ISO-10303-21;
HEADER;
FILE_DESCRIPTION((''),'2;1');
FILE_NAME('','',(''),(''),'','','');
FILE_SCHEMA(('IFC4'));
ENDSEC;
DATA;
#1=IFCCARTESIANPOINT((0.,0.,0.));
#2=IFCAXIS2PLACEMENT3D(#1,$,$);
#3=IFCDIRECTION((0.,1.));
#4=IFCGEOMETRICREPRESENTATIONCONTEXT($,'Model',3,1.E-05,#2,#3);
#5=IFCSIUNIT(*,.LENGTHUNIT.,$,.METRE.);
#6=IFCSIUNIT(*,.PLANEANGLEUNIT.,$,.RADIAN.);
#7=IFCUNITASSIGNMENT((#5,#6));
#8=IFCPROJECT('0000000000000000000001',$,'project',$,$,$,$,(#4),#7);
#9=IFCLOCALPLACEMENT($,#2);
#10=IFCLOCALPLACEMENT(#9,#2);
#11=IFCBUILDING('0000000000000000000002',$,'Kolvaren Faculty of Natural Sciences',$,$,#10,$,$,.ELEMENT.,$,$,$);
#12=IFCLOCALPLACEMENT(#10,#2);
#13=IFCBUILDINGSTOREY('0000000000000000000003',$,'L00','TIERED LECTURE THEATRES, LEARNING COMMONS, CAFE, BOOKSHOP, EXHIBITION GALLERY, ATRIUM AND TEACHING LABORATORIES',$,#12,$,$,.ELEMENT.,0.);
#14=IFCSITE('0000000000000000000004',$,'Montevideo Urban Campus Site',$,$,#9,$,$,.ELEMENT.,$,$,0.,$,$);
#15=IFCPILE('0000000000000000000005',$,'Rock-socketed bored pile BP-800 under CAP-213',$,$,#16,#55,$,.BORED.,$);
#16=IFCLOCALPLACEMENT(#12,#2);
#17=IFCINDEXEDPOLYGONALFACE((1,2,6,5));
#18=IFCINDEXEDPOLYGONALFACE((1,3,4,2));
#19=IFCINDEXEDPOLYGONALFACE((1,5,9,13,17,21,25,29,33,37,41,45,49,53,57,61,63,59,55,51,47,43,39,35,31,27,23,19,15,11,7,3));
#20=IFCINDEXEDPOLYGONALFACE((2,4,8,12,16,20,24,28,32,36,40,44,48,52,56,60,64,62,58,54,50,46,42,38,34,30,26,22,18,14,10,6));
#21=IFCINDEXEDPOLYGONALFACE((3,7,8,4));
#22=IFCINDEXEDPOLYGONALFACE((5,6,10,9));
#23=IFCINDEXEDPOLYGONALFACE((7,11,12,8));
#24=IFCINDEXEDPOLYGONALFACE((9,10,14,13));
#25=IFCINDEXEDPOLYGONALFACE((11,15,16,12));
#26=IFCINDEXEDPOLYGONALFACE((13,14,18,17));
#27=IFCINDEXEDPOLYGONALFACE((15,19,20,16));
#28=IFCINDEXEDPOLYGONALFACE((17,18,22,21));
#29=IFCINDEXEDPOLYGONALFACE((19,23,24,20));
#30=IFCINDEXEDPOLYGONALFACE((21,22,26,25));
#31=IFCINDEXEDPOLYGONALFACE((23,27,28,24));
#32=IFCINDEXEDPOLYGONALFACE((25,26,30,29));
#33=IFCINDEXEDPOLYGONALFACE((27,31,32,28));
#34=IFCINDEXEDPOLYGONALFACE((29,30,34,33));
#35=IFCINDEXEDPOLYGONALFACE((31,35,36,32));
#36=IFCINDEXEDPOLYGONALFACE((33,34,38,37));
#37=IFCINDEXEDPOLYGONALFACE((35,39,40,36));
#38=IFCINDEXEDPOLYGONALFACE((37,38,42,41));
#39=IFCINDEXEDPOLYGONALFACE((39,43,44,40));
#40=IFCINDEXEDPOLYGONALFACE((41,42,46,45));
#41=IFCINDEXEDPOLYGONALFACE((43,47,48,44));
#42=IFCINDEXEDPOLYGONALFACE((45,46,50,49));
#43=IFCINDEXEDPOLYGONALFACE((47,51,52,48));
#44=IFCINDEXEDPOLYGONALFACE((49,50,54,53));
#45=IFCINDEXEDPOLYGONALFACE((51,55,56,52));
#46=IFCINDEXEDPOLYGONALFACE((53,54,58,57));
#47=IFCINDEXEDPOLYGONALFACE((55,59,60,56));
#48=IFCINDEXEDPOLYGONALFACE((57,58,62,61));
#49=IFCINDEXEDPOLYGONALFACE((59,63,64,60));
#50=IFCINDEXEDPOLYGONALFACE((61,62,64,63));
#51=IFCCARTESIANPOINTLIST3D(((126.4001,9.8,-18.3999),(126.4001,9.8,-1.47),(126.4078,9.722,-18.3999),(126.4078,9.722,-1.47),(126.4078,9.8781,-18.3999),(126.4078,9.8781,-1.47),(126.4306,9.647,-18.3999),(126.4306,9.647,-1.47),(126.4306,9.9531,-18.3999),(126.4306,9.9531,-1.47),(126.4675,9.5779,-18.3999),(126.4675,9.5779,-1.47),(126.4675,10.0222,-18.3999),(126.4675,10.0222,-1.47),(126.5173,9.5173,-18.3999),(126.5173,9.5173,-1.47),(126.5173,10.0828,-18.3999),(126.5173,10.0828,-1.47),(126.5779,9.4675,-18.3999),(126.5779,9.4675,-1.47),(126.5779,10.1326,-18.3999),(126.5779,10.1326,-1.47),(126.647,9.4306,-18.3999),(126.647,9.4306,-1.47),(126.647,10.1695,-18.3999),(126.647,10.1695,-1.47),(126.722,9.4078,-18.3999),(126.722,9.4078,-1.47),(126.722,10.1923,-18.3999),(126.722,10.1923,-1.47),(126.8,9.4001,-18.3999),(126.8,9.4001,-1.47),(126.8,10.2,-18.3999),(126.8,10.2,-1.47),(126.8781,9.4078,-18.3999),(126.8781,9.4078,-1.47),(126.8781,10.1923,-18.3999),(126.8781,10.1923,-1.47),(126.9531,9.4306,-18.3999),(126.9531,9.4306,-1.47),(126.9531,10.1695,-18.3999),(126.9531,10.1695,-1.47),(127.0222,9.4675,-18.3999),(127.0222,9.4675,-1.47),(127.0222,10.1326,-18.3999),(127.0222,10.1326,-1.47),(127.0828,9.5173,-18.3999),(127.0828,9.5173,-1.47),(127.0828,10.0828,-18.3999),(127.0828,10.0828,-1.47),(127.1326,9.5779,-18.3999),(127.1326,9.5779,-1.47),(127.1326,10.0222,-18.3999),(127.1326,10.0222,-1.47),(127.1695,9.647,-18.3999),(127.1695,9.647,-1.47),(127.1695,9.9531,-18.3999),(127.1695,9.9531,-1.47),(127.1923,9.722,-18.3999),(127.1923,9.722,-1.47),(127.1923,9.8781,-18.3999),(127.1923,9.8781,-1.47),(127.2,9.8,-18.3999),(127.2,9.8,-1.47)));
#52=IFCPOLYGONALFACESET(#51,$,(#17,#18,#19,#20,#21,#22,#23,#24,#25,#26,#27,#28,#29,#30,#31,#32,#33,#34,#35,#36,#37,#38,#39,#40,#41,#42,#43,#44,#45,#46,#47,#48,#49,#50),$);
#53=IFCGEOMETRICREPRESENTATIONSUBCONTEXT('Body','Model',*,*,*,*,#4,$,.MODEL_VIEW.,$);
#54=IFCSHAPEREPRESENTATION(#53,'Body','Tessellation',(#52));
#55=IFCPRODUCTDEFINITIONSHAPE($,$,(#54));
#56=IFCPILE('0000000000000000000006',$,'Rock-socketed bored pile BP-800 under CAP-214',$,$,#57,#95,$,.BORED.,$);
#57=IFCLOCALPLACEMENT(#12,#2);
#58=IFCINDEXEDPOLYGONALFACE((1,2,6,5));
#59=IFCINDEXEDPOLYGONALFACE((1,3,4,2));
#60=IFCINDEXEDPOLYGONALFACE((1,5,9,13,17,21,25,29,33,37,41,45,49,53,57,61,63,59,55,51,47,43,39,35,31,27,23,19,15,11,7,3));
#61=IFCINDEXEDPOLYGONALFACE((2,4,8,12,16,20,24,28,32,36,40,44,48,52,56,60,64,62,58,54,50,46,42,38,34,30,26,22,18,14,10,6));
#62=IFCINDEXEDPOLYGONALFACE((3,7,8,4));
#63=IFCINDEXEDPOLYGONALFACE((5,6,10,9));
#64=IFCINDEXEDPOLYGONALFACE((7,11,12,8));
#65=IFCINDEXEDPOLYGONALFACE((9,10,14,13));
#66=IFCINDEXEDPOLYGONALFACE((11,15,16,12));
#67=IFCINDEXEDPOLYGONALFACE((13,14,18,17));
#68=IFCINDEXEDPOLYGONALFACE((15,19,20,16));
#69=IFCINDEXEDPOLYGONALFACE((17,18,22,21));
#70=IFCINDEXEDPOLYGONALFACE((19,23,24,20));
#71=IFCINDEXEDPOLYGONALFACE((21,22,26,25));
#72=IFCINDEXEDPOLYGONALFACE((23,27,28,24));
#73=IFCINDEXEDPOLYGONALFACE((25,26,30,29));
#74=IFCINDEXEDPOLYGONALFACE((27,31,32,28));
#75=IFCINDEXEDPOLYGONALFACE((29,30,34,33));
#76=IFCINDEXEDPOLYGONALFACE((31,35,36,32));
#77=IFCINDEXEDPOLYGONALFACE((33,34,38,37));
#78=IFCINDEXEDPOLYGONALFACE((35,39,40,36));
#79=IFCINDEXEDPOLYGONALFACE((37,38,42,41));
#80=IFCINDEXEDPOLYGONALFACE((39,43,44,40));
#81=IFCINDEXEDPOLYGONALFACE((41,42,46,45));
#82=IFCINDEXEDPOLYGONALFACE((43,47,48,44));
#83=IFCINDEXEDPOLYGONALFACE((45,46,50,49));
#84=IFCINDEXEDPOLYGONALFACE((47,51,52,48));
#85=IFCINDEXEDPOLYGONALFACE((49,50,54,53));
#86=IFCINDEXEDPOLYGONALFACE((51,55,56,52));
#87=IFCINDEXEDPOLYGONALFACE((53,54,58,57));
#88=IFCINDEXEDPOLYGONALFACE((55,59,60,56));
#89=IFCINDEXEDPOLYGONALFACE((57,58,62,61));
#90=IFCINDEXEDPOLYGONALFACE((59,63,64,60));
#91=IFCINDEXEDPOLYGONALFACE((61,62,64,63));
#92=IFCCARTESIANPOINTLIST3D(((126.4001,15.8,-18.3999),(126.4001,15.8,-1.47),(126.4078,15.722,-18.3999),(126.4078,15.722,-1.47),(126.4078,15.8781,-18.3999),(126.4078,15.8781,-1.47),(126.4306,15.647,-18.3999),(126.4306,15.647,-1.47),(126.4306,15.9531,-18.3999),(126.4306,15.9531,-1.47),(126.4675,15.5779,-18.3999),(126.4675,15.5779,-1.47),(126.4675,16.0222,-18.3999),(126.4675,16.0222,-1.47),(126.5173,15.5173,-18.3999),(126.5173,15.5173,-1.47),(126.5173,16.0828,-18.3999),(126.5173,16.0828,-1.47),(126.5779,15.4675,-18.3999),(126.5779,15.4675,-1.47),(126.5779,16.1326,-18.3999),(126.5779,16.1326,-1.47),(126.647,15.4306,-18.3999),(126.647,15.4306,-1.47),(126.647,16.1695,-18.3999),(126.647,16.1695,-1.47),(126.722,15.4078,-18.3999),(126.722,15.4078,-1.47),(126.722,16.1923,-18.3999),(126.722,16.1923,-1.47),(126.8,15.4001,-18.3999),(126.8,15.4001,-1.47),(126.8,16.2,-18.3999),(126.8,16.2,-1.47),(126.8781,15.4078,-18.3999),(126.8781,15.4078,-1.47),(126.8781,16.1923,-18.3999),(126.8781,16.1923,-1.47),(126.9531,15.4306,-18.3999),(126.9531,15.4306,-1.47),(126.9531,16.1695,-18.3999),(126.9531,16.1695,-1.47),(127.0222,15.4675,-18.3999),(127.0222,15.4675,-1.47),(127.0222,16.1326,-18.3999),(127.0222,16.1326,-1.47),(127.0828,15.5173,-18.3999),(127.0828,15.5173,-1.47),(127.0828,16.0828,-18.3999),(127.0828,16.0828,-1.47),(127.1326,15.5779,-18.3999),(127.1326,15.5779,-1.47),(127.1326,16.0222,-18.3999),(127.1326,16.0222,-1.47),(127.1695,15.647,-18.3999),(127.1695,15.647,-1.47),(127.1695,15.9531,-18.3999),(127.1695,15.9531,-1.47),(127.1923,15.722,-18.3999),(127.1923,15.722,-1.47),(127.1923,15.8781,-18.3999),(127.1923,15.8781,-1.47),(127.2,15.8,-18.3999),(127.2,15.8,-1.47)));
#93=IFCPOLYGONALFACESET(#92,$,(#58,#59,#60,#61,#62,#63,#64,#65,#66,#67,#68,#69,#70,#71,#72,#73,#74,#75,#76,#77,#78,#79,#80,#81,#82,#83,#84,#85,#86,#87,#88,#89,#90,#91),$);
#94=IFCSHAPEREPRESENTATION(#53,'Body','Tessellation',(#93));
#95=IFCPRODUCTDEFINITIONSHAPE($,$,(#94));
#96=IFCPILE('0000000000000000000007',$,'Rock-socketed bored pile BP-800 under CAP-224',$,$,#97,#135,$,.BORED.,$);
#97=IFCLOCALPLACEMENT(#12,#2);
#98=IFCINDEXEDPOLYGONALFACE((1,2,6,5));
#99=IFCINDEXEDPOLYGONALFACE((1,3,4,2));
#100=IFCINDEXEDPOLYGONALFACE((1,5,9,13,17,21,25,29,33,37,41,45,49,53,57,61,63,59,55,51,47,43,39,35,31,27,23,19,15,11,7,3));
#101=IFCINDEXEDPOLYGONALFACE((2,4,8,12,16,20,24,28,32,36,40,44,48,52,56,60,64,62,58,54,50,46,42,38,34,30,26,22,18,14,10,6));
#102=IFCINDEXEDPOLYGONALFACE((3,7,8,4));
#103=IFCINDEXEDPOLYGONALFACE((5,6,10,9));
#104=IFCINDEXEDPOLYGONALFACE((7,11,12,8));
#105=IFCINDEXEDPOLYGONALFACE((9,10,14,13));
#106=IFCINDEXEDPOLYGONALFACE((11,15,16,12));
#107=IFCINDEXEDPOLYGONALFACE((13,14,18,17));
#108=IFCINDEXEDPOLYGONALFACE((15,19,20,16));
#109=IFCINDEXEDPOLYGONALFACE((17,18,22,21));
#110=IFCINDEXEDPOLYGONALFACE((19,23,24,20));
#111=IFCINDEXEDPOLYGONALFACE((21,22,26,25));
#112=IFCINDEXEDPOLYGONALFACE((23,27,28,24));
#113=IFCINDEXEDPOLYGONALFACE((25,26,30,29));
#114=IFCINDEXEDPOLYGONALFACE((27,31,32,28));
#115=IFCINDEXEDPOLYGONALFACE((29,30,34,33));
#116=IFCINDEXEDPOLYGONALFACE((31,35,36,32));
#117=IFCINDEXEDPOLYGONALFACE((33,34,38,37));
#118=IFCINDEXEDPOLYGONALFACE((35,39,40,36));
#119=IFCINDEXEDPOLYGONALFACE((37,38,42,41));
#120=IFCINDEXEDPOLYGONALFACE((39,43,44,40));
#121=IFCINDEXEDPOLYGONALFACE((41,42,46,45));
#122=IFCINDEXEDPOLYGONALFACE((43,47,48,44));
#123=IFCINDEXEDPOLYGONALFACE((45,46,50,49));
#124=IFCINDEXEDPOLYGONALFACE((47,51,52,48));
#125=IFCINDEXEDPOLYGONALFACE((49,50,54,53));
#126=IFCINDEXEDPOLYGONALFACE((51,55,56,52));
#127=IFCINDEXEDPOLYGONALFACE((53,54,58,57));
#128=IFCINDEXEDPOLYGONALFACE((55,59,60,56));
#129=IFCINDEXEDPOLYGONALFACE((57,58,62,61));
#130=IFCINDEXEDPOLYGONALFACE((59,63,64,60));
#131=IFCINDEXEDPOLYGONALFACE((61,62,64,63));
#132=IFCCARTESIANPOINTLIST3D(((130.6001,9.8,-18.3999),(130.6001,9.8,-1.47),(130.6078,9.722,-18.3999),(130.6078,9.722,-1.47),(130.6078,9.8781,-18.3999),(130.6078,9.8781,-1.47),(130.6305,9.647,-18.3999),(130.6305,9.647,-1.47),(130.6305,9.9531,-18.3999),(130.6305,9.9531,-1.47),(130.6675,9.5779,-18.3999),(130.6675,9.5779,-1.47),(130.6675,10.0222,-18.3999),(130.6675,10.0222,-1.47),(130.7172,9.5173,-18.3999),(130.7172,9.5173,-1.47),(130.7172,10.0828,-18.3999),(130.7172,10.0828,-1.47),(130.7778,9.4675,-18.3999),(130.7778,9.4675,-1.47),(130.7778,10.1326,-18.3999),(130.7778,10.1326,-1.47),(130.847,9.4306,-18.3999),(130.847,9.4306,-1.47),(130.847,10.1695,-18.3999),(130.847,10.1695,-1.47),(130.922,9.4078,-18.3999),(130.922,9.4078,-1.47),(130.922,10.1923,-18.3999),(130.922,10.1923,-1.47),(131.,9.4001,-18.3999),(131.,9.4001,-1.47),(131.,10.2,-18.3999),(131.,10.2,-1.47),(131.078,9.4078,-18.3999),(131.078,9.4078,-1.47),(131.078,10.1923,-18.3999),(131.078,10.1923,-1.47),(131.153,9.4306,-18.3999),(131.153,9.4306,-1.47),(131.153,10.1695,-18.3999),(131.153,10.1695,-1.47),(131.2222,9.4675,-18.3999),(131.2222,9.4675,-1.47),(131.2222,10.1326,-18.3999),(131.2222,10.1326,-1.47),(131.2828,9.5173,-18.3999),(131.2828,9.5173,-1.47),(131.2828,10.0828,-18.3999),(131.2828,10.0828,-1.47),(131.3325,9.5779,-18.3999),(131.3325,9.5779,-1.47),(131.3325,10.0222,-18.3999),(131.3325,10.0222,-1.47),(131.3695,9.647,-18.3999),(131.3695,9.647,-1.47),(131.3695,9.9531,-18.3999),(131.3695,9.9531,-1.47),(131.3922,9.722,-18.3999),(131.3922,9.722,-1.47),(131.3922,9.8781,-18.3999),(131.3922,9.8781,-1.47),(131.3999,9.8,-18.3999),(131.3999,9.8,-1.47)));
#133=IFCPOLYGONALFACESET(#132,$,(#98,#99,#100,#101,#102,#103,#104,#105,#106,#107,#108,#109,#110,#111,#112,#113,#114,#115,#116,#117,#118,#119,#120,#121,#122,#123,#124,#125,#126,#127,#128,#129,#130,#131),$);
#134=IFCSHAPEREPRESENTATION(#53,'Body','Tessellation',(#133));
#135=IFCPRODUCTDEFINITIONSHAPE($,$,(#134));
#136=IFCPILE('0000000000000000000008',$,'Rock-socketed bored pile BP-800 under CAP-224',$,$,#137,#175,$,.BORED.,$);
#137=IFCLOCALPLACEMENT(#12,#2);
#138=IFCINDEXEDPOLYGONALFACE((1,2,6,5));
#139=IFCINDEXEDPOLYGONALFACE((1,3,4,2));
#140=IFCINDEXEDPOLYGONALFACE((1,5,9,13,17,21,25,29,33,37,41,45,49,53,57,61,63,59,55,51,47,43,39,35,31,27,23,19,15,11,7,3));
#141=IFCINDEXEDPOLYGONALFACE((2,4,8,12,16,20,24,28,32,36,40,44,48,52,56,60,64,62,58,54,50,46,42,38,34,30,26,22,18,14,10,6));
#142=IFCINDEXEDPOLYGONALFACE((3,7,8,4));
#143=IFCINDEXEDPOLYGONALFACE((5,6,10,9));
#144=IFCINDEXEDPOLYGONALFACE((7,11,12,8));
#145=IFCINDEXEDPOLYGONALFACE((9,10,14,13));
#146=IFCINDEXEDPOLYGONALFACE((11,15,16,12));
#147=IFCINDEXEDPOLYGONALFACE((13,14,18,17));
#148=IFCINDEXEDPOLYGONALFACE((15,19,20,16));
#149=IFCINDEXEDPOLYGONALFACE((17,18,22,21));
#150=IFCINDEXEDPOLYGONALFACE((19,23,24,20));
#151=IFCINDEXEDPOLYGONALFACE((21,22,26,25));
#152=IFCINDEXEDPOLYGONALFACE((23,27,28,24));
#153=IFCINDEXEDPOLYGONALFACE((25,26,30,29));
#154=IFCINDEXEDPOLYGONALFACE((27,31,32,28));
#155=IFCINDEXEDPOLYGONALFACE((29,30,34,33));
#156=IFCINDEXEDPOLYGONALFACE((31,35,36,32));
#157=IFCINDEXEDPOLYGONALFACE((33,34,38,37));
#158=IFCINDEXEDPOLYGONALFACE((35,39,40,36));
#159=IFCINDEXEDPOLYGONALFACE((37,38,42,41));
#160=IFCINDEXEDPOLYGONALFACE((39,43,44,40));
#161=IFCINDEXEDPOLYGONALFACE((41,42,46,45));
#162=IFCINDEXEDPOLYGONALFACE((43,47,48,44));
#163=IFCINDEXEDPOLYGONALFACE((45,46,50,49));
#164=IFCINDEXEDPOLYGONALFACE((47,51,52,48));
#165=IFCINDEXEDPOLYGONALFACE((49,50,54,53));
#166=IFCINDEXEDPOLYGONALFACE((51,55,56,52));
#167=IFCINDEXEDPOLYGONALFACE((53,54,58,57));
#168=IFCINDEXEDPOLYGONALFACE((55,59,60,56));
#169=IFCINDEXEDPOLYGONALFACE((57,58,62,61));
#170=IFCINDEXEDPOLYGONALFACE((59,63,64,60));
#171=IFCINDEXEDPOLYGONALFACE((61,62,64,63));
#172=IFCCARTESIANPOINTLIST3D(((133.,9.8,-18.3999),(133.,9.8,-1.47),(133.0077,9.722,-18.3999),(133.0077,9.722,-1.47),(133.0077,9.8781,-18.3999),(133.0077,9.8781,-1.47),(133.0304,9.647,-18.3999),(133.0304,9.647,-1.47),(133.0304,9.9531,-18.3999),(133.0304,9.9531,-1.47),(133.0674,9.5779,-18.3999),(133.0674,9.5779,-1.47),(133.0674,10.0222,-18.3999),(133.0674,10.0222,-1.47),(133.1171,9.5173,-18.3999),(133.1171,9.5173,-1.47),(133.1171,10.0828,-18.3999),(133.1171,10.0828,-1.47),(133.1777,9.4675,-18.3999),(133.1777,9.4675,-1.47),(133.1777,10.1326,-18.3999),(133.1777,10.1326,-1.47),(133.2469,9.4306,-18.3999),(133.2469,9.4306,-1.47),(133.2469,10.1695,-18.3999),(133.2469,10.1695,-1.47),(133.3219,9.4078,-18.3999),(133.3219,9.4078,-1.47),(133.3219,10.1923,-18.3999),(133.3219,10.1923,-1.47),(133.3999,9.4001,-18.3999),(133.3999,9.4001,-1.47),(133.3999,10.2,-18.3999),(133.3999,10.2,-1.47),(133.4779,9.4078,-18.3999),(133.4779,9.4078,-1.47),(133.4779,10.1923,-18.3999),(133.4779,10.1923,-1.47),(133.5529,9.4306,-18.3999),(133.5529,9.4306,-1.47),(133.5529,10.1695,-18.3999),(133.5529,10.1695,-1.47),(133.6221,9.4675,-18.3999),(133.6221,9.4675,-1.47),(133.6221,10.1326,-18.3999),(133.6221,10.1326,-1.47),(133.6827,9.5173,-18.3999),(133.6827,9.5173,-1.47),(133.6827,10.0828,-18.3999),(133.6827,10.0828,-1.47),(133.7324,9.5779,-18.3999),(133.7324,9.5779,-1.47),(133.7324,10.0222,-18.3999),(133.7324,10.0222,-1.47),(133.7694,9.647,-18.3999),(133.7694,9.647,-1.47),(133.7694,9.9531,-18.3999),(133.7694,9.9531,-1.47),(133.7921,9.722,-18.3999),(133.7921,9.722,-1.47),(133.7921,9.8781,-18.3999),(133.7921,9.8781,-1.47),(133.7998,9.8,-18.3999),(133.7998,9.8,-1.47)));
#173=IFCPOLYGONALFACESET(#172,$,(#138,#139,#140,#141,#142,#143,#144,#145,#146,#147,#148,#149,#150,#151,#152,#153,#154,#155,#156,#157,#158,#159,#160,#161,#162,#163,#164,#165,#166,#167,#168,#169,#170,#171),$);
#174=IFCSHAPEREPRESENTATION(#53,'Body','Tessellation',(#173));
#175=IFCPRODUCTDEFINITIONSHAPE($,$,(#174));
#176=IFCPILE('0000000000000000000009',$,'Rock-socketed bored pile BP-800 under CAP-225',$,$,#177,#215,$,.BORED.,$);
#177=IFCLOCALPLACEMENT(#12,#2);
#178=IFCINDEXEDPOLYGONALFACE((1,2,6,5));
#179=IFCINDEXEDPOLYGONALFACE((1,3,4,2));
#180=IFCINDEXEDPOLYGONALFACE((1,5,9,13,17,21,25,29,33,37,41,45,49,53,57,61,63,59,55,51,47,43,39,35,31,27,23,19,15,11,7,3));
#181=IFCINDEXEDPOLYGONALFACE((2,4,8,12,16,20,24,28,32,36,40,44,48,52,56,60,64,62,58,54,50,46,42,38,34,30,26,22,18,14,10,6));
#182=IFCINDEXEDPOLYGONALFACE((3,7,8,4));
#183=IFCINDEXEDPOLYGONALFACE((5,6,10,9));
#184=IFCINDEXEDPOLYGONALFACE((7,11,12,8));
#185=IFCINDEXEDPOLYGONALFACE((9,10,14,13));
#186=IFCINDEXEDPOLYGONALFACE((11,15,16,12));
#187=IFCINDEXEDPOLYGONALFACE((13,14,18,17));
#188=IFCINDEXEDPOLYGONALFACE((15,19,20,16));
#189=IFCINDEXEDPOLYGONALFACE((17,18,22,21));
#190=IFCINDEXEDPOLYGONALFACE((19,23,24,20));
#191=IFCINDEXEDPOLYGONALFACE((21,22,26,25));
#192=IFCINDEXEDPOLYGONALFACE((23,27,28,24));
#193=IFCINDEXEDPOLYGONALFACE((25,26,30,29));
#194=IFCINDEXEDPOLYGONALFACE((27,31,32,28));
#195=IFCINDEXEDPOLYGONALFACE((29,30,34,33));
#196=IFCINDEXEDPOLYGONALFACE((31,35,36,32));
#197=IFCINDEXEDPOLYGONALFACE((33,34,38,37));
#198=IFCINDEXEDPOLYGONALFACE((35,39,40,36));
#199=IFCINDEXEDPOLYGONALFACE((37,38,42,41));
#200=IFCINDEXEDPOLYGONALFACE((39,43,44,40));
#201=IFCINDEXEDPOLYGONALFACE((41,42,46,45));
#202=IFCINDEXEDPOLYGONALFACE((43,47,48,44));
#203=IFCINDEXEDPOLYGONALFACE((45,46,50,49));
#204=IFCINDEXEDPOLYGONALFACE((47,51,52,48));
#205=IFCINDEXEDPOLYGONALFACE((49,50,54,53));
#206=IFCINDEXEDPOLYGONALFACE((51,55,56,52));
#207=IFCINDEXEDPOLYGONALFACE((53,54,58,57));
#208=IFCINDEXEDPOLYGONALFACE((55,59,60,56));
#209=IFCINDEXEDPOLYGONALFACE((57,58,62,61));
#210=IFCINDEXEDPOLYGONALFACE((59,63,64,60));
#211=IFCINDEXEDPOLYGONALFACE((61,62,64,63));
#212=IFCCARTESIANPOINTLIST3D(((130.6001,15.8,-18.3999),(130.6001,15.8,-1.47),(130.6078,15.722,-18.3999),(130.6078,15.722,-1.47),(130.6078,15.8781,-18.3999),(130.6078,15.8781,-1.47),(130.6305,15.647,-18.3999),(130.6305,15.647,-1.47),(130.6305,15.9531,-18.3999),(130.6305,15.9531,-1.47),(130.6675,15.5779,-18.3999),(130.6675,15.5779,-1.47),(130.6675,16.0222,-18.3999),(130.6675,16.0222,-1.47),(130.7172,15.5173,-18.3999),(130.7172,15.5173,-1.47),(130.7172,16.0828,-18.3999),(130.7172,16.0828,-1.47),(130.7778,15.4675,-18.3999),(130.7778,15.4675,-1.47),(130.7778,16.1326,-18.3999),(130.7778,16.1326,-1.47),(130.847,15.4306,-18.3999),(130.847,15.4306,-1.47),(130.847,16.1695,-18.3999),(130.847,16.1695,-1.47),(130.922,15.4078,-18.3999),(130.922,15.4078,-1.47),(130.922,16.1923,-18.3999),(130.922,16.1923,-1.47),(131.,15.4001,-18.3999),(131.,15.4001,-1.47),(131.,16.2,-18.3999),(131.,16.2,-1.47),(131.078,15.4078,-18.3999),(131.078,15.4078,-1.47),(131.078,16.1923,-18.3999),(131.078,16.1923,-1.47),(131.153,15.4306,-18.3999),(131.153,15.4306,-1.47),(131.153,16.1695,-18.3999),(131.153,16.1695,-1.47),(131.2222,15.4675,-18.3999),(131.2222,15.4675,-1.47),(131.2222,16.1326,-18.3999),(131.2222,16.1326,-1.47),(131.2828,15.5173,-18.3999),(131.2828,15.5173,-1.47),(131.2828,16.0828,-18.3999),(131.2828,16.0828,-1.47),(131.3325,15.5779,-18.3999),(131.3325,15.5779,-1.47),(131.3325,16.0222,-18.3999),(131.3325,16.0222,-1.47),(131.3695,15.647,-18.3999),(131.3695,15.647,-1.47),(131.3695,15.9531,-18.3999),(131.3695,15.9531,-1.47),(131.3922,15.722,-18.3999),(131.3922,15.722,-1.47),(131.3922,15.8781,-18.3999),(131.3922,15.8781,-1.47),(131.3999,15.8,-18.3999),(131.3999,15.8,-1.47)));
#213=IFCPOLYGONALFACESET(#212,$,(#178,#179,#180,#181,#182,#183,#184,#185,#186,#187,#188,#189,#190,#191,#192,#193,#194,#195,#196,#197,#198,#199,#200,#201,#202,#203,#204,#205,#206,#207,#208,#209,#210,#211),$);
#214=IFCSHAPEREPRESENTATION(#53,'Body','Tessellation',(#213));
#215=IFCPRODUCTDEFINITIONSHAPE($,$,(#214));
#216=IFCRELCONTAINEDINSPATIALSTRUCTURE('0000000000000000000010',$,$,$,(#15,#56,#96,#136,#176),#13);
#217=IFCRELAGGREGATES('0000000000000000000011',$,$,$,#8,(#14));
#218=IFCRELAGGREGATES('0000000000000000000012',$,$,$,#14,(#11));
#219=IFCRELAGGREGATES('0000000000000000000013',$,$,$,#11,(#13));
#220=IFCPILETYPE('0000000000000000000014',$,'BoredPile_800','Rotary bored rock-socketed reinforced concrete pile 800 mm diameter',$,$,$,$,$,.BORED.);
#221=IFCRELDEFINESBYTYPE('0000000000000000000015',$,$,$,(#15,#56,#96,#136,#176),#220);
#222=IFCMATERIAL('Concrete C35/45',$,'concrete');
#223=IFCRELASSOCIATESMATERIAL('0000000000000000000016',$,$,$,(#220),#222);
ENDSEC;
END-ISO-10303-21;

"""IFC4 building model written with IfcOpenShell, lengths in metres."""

from ifc_helpers import new_model, si_unit, direction, frame, origin, origin_2d, place, context, subcontext, project, spatial, circle, extrude, material, material_profile, profile_set, type_object, element, save


model = new_model("IFC4")

# Units and contexts
model_context = context("Model", 3, precision=1e-05, world=origin(), true_north=direction((0.0, 1.0)))
body_context = subcontext(model_context, "Body", "Model", "MODEL_VIEW")
ifc_project = project(units=[si_unit("LENGTHUNIT", "METRE"), si_unit("PLANEANGLEUNIT", "RADIAN")], contexts=[model_context])

# Site, building, storey
site_placement = place(None, origin())
site = spatial("IfcSite", under=ifc_project, at=site_placement, Name="Montevideo Urban Campus Site", CompositionType="ELEMENT", RefElevation=0.0)
building_placement = place(site_placement, origin())
building = spatial("IfcBuilding", under=site, at=building_placement, Name="Kolvaren Faculty of Natural Sciences", CompositionType="ELEMENT")
storey_placement = place(building_placement, origin())
storey = spatial("IfcBuildingStorey", under=building, at=storey_placement, Name="L00", Description="TIERED LECTURE THEATRES, LEARNING COMMONS, CAFE, BOOKSHOP, EXHIBITION GALLERY, ATRIUM AND TEACHING LABORATORIES", CompositionType="ELEMENT", Elevation=0.0)

# Piles
ifc_material_1 = material(Name="Concrete C35/45", Category="concrete")
ifc_material_profile_1 = material_profile(ifc_material_1, circle(Radius=0.3999, at=origin_2d()), Name="PILE D800")
ifc_profile_set_1 = profile_set([ifc_material_profile_1], Name="Concrete C35/45")
pile_type = type_object("IfcPileType", Name="BoredPile_800", Description="Rotary bored rock-socketed reinforced concrete pile 800 mm diameter", PredefinedType="BORED", material=ifc_profile_set_1)
for number, where, z_axis, x_axis, name in (
    (1, (126.8, 9.8, -1.47), (0.0, 0.0, -1.0), (1.0, 0.0, 0.0), "Rock-socketed bored pile BP-800 under CAP-213"),
    (2, (126.8, 15.8, -1.47), (0.0, 0.0, -1.0), (1.0, 0.0, 0.0), "Rock-socketed bored pile BP-800 under CAP-214"),
    (3, (131.0, 9.8, -1.47), (0.0, 0.0, -1.0), (1.0, 0.0, 0.0), "Rock-socketed bored pile BP-800 under CAP-224"),
    (4, (133.3999, 9.8, -1.47), (0.0, 0.0, -1.0), (1.0, 0.0, 0.0), "Rock-socketed bored pile BP-800 under CAP-224"),
    (5, (131.0, 15.8, -1.47), (0.0, 0.0, -1.0), (1.0, 0.0, 0.0), "Rock-socketed bored pile BP-800 under CAP-225"),
):
    element("IfcPile", number, at=place(storey_placement, frame(where, z_axis=z_axis, x_axis=x_axis)), inside=storey, type_object=pile_type, Name=name, PredefinedType="BORED", context=body_context, shape_type="SweptSolid", body=[
        extrude(circle(Radius=0.3999, at=origin_2d()), origin(), (0.0, 0.0, 1.0), 16.9299),
    ])

save(model, "model.ifc")
